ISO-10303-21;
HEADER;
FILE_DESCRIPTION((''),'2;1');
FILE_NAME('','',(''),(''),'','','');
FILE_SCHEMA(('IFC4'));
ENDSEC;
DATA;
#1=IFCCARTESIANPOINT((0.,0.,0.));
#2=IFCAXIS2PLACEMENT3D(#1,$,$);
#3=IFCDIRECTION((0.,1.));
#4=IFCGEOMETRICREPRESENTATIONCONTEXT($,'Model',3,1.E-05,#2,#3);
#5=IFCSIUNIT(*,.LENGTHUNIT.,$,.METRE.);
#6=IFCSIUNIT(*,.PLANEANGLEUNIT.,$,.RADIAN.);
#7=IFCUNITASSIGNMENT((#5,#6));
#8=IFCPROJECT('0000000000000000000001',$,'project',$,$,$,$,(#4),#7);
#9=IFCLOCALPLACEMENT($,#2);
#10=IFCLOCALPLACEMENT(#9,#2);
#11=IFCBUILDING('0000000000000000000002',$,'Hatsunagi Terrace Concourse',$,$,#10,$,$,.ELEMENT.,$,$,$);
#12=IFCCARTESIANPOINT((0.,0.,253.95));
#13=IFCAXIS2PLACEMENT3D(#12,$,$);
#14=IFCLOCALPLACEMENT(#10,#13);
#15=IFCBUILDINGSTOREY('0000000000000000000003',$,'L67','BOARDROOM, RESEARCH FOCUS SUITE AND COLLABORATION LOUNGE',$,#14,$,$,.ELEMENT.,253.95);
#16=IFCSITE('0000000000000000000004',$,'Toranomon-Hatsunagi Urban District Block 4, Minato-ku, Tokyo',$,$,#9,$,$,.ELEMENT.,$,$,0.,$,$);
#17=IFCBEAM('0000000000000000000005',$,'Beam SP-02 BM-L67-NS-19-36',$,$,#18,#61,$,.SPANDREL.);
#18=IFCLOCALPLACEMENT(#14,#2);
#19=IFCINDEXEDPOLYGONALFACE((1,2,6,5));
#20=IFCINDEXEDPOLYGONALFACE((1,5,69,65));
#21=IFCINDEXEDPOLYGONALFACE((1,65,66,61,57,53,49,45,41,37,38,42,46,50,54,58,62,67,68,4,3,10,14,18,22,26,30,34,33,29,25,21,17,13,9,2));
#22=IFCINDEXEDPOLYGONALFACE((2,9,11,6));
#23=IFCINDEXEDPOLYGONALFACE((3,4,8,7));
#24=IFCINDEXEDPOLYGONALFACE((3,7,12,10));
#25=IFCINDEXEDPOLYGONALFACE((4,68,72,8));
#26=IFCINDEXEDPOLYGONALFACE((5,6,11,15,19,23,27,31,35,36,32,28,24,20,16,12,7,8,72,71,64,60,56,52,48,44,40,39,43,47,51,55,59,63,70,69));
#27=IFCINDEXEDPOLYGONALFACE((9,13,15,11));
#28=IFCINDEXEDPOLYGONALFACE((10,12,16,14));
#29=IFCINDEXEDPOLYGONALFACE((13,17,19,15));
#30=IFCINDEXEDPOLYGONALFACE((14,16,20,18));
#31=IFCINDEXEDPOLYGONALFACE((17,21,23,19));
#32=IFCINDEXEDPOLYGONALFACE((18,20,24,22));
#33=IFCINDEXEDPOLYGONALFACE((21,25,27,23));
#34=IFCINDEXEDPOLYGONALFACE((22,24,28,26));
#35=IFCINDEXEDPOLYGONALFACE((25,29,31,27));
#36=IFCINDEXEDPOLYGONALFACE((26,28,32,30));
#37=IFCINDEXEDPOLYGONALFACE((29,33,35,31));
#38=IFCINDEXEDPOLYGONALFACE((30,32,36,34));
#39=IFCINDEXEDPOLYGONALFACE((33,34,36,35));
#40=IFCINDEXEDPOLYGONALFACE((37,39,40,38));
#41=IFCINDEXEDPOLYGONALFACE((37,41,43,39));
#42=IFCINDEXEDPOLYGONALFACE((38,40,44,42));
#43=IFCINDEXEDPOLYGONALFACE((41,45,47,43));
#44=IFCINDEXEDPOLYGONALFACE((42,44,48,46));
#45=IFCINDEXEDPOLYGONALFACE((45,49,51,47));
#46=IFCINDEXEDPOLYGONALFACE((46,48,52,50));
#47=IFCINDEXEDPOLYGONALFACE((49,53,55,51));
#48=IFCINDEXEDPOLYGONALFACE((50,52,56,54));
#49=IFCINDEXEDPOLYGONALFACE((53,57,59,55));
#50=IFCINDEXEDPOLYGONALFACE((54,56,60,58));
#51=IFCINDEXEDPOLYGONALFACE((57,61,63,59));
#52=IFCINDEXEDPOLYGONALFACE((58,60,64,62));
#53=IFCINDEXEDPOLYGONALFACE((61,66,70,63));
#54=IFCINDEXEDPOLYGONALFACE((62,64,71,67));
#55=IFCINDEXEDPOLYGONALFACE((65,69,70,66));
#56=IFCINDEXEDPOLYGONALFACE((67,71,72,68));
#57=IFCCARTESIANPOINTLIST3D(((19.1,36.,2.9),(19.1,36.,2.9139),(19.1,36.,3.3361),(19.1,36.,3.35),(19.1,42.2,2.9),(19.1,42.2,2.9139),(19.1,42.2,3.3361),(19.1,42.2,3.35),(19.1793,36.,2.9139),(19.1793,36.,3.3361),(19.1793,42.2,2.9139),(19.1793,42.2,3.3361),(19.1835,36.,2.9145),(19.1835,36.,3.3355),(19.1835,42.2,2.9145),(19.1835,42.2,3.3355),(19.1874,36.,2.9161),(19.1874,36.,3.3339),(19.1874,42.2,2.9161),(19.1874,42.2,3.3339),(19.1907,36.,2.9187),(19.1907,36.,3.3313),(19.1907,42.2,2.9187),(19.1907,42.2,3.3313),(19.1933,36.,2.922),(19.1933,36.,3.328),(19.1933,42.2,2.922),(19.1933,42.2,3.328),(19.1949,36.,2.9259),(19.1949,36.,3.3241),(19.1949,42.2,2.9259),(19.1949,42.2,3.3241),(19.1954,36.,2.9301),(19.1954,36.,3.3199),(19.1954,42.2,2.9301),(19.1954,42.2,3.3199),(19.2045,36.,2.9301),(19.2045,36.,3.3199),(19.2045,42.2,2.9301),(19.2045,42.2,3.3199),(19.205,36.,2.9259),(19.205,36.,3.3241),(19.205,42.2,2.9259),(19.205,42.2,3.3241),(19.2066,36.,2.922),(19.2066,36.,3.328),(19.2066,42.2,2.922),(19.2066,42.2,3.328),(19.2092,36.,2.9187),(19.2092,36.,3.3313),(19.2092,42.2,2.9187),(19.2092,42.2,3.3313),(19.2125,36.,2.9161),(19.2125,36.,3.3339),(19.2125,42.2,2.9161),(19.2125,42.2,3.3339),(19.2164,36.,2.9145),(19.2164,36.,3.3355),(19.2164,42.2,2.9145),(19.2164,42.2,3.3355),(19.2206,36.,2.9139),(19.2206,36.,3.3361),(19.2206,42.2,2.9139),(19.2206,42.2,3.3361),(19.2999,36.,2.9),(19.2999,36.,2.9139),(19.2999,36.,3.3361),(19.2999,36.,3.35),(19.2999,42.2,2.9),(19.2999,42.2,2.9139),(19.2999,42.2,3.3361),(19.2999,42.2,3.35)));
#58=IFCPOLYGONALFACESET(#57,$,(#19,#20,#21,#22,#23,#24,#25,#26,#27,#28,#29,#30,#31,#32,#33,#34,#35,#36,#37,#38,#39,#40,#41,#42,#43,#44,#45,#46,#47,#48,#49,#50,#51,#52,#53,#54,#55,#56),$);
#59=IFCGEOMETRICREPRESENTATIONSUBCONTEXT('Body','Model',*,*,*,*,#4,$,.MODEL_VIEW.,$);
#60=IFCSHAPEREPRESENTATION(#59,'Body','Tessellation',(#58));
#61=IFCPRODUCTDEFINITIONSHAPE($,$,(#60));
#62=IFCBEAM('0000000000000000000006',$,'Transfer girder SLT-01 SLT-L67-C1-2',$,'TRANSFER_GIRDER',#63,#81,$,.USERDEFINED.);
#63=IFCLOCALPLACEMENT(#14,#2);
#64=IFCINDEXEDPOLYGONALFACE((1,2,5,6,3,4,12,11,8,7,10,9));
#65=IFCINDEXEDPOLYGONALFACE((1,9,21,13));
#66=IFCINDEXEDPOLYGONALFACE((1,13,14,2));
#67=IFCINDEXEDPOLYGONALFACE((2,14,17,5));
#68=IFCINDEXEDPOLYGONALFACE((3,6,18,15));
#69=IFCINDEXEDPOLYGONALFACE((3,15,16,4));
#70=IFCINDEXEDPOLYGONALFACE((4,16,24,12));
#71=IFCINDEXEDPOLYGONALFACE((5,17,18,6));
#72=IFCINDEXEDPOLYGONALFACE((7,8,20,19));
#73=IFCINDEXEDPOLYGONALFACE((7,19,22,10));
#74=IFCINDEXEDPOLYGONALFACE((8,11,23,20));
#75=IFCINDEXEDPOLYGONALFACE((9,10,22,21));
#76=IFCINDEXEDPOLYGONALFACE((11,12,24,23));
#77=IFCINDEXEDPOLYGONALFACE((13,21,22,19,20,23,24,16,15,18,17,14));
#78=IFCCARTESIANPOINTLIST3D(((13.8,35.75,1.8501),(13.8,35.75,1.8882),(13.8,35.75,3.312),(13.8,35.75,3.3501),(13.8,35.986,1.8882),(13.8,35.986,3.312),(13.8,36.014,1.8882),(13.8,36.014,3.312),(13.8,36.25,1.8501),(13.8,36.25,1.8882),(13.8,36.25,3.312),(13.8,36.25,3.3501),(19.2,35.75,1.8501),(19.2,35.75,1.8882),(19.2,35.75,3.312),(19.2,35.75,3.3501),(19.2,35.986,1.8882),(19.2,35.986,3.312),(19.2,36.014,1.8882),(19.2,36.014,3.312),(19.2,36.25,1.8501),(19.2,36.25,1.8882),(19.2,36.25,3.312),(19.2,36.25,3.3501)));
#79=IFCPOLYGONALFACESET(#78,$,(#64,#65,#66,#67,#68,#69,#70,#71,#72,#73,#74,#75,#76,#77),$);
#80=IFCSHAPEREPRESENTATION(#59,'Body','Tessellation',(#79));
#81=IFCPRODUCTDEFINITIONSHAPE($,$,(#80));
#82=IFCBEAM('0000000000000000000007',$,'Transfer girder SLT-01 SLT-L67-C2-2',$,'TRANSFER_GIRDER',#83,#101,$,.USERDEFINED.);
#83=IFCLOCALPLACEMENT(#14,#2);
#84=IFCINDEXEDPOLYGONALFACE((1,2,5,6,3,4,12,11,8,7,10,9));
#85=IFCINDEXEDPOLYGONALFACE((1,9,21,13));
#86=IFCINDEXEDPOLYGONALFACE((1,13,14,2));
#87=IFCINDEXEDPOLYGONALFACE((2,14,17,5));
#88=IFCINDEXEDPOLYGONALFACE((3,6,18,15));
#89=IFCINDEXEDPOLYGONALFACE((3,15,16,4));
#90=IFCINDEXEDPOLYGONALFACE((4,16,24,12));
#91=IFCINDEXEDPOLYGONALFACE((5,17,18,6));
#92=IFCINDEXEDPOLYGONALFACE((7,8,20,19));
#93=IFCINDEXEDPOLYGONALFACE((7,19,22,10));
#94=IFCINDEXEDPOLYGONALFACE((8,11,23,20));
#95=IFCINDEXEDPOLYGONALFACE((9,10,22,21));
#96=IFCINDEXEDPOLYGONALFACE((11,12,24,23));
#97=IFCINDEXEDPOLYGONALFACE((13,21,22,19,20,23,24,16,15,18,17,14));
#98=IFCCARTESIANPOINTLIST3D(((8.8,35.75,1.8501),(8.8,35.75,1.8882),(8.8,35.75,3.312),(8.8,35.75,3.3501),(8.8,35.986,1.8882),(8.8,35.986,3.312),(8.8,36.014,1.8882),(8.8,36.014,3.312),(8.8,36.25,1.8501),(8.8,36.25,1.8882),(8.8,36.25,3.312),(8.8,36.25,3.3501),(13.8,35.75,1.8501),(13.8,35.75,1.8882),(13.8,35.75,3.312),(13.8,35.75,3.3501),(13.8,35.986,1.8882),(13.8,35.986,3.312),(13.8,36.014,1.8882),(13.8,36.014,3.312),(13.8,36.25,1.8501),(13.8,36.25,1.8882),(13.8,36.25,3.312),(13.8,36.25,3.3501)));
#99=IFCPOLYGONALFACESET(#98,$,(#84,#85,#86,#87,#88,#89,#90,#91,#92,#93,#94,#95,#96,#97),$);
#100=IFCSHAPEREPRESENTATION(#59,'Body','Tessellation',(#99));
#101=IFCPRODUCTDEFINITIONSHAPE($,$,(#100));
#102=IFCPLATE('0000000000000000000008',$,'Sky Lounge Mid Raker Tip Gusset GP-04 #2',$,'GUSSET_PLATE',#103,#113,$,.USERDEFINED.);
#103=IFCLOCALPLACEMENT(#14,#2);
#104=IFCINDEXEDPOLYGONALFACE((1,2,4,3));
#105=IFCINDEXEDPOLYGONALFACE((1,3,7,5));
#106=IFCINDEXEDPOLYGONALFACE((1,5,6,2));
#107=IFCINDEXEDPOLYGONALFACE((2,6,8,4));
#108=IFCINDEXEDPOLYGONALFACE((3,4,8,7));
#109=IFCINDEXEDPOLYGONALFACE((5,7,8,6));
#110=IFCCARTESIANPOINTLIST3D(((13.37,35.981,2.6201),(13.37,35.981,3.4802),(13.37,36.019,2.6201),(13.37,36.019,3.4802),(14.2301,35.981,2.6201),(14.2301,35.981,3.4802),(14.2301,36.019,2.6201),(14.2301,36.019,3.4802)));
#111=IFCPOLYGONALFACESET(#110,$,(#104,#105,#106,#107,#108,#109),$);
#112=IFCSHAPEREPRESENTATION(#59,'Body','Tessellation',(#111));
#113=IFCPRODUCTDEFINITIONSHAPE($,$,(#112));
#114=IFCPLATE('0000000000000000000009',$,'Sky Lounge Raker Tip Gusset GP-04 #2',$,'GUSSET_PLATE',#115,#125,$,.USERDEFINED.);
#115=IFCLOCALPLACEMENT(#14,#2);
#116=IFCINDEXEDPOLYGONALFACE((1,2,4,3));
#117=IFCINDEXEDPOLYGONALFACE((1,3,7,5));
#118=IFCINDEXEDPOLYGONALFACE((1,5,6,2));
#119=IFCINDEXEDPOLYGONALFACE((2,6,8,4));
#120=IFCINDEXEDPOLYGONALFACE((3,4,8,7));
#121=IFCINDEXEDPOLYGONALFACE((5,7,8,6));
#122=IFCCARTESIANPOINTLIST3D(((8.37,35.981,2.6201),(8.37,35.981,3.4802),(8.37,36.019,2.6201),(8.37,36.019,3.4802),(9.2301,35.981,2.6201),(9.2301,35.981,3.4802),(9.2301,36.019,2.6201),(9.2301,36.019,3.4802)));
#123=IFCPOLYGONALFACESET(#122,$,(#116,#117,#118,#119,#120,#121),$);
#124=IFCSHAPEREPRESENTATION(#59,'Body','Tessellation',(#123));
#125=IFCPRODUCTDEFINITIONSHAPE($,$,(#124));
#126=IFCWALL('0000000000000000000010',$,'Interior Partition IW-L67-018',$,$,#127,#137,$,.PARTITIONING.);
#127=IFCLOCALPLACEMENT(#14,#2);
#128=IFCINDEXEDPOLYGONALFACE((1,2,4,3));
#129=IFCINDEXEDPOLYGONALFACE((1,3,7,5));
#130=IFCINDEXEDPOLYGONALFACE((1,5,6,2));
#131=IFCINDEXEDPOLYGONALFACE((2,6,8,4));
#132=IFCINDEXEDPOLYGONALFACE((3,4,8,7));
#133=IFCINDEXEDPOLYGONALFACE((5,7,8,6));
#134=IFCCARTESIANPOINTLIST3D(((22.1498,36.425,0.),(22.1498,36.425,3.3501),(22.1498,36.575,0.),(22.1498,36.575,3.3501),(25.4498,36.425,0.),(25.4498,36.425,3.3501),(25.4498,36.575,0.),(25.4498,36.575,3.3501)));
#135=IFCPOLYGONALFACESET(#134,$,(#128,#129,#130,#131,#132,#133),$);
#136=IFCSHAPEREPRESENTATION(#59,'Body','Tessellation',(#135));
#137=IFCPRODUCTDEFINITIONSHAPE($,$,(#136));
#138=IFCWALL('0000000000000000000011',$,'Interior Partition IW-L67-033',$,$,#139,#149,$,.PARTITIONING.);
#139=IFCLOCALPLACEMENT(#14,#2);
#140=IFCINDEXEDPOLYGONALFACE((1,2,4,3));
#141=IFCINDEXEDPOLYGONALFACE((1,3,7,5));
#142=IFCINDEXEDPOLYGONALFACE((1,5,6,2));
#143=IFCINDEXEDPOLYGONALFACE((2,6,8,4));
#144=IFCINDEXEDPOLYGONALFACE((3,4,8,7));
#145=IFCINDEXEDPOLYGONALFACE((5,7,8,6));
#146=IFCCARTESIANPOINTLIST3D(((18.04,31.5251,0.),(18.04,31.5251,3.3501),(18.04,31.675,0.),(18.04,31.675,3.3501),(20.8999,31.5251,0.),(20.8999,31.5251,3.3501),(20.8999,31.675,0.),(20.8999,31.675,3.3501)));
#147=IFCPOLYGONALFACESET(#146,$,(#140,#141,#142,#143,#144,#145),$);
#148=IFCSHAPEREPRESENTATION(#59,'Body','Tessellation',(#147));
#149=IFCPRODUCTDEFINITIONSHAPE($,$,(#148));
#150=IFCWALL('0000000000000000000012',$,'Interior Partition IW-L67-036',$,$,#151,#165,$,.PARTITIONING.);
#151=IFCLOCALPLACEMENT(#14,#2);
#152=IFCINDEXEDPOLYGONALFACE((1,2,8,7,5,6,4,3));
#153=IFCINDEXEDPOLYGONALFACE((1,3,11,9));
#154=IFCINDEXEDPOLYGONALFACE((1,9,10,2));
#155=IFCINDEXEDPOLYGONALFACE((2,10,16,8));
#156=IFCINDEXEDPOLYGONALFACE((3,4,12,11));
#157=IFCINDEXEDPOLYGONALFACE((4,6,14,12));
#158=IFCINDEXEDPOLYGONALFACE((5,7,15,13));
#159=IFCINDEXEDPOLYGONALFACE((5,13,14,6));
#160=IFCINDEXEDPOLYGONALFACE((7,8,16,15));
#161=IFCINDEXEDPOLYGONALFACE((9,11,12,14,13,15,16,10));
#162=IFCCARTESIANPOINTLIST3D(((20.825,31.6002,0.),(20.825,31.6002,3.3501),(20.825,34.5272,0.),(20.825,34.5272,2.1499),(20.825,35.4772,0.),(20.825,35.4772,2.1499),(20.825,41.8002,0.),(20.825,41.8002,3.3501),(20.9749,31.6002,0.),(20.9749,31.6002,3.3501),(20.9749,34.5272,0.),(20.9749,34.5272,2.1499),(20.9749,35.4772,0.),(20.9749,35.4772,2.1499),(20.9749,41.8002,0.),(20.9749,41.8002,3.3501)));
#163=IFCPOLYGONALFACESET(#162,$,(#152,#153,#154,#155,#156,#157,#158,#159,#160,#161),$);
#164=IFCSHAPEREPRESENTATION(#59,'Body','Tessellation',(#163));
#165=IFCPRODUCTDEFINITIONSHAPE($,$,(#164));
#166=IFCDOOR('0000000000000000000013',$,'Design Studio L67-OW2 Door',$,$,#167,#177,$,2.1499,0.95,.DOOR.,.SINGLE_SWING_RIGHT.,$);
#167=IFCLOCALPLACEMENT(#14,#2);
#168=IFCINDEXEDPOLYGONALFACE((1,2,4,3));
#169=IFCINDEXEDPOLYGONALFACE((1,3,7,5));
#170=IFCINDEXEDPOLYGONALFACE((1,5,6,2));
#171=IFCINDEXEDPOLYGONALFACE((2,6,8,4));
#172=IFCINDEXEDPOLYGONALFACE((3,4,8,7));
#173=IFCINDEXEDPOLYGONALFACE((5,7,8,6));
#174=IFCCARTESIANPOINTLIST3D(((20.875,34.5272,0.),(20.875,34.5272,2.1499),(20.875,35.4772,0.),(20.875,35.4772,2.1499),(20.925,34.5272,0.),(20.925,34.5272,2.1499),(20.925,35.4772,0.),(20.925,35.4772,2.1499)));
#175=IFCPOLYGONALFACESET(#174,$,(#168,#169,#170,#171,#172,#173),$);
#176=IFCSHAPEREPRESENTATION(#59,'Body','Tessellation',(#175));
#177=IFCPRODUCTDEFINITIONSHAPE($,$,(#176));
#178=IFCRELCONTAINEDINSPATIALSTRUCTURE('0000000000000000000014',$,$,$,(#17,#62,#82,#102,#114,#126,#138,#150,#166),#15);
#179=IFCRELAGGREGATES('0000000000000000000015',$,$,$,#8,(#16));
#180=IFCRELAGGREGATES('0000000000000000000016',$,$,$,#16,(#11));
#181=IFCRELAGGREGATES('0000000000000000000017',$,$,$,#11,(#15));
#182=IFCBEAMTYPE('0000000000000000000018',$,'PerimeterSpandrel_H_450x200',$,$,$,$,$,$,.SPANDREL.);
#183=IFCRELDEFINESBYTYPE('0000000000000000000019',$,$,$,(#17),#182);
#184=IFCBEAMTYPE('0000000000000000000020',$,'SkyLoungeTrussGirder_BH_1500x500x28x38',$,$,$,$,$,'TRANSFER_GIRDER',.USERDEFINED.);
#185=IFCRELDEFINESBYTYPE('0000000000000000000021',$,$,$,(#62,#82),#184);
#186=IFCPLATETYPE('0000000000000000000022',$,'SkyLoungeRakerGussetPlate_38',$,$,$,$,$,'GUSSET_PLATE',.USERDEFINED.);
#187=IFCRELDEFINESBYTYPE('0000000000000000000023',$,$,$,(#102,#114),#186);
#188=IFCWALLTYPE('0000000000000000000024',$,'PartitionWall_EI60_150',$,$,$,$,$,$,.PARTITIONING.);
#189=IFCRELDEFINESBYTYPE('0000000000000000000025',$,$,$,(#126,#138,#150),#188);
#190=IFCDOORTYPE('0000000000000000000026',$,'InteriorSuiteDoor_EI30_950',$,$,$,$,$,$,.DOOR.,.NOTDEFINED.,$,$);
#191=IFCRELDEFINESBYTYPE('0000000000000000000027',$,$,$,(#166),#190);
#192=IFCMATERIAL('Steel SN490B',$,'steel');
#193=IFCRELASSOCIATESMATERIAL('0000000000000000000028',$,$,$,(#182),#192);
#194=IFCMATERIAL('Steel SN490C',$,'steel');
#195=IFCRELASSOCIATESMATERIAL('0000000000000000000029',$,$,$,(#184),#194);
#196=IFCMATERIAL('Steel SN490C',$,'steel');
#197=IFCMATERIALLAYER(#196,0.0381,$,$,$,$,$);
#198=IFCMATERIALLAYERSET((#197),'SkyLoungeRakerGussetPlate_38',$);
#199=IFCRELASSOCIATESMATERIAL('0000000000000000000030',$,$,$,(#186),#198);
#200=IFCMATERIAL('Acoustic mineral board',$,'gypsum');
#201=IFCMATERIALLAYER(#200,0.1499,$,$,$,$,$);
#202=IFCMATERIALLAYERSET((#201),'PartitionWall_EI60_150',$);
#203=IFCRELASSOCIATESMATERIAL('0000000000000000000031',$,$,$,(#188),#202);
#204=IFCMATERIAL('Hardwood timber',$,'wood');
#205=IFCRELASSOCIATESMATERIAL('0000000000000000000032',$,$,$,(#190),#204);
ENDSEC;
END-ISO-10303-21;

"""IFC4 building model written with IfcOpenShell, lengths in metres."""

from ifc_helpers import new_model, si_unit, direction, frame, frame_2d, origin, origin_2d, place, context, subcontext, project, spatial, rectangle, i_section, extrude, material, layer, layer_set, material_profile, profile_set, type_object, element, fill, save


model = new_model("IFC4")

# Units and contexts
model_context = context("Model", 3, precision=1e-05, world=origin(), true_north=direction((0.0, 1.0)))
body_context = subcontext(model_context, "Body", "Model", "MODEL_VIEW")
ifc_project = project(units=[si_unit("LENGTHUNIT", "METRE"), si_unit("PLANEANGLEUNIT", "RADIAN")], contexts=[model_context])

# Site, building, storey
site_placement = place(None, origin())
site = spatial("IfcSite", under=ifc_project, at=site_placement, Name="Toranomon-Hatsunagi Urban District Block 4, Minato-ku, Tokyo", CompositionType="ELEMENT", RefElevation=0.0)
building_placement = place(site_placement, origin())
building = spatial("IfcBuilding", under=site, at=building_placement, Name="Hatsunagi Terrace Concourse", CompositionType="ELEMENT")
storey_placement = place(building_placement, frame((0.0, 0.0, 253.95)))
storey = spatial("IfcBuildingStorey", under=building, at=storey_placement, Name="L67", Description="BOARDROOM, RESEARCH FOCUS SUITE AND COLLABORATION LOUNGE", CompositionType="ELEMENT", Elevation=253.95)

# Beams
ifc_material_1 = material(Name="Steel SN490B", Category="steel")
ifc_material_profile_1 = material_profile(ifc_material_1, i_section(OverallWidth=0.2, OverallDepth=0.45, WebThickness=0.009, FlangeThickness=0.0139, FilletRadius=0.0161, at=origin_2d()), Name="H-450x200x9x14")
ifc_profile_set_1 = profile_set([ifc_material_profile_1], Name="Steel SN490B")
beam_type_1 = type_object("IfcBeamType", Name="PerimeterSpandrel_H_450x200", PredefinedType="SPANDREL", material=ifc_profile_set_1)
beam_1_placement = place(storey_placement, frame((19.2, 36.0, 3.125), z_axis=(0.0, 1.0, 0.0), x_axis=(-1.0, 0.0, 0.0)))
element("IfcBeam", 1, at=beam_1_placement, inside=storey, type_object=beam_type_1, Name="Beam SP-02 BM-L67-NS-19-36", PredefinedType="SPANDREL", context=body_context, shape_type="SweptSolid", body=[
    extrude(i_section(OverallWidth=0.2, OverallDepth=0.45, WebThickness=0.009, FlangeThickness=0.0139, FilletRadius=0.0161, at=origin_2d()), origin(), (0.0, 0.0, 1.0), 6.2),
])
ifc_material_2 = material(Name="Steel SN490C", Category="steel")
ifc_material_profile_2 = material_profile(ifc_material_2, i_section(OverallWidth=0.5, OverallDepth=1.5, WebThickness=0.0281, FlangeThickness=0.0381, at=origin_2d()), Name="BH-1500x500x28x38")
ifc_profile_set_2 = profile_set([ifc_material_profile_2], Name="Steel SN490C")
beam_type_2 = type_object("IfcBeamType", Name="SkyLoungeTrussGirder_BH_1500x500x28x38", ElementType="TRANSFER_GIRDER", PredefinedType="USERDEFINED", material=ifc_profile_set_2)
beam_2_placement = place(storey_placement, frame((19.2, 36.0, 2.6001), z_axis=(-1.0, 0.0, 0.0), x_axis=(0.0, -1.0, 0.0)))
element("IfcBeam", 2, at=beam_2_placement, inside=storey, type_object=beam_type_2, Name="Transfer girder SLT-01 SLT-L67-C1-2", ObjectType="TRANSFER_GIRDER", PredefinedType="USERDEFINED", context=body_context, shape_type="SweptSolid", body=[
    extrude(i_section(OverallWidth=0.5, OverallDepth=1.5, WebThickness=0.0281, FlangeThickness=0.0381, at=origin_2d()), origin(), (0.0, 0.0, 1.0), 5.3999),
])
beam_3_placement = place(storey_placement, frame((13.8, 36.0, 2.6001), z_axis=(-1.0, 0.0, 0.0), x_axis=(0.0, -1.0, 0.0)))
element("IfcBeam", 3, at=beam_3_placement, inside=storey, type_object=beam_type_2, Name="Transfer girder SLT-01 SLT-L67-C2-2", ObjectType="TRANSFER_GIRDER", PredefinedType="USERDEFINED", context=body_context, shape_type="SweptSolid", body=[
    extrude(i_section(OverallWidth=0.5, OverallDepth=1.5, WebThickness=0.0281, FlangeThickness=0.0381, at=origin_2d()), origin(), (0.0, 0.0, 1.0), 5.0),
])

# Plates
ifc_material_3 = material(Name="Steel SN490C", Category="steel")
ifc_layer_1 = layer(ifc_material_3, 0.0381)
ifc_layer_set_1 = layer_set([ifc_layer_1], Name="SkyLoungeRakerGussetPlate_38")
plate_type = type_object("IfcPlateType", Name="SkyLoungeRakerGussetPlate_38", ElementType="GUSSET_PLATE", PredefinedType="USERDEFINED", material=ifc_layer_set_1)
for number, where, z_axis, x_axis, name in (
    (4, (13.8, 36.0, 2.6201), (0.0, 0.0, 1.0), (1.0, 0.0, 0.0), "Sky Lounge Mid Raker Tip Gusset GP-04 #2"),
    (5, (8.8, 36.0, 2.6201), (0.0, 0.0, 1.0), (1.0, 0.0, 0.0), "Sky Lounge Raker Tip Gusset GP-04 #2"),
):
    element("IfcPlate", number, at=place(storey_placement, frame(where, z_axis=z_axis, x_axis=x_axis)), inside=storey, type_object=plate_type, Name=name, ObjectType="GUSSET_PLATE", PredefinedType="USERDEFINED", context=body_context, shape_type="SweptSolid", body=[
        extrude(rectangle(XDim=0.8601, YDim=0.0381, at=origin_2d()), origin(), (0.0, 0.0, 1.0), 0.8601),
    ])

# Walls
ifc_material_4 = material(Name="Acoustic mineral board", Category="gypsum")
ifc_layer_2 = layer(ifc_material_4, 0.1499)
ifc_layer_set_2 = layer_set([ifc_layer_2], Name="PartitionWall_EI60_150")
wall_type = type_object("IfcWallType", Name="PartitionWall_EI60_150", PredefinedType="PARTITIONING", material=ifc_layer_set_2)
wall_1_placement = place(storey_placement, frame((22.1499, 36.5, 0.0), z_axis=(0.0, 0.0, 1.0), x_axis=(1.0, 0.0, 0.0)))
element("IfcWall", 6, at=wall_1_placement, inside=storey, type_object=wall_type, Name="Interior Partition IW-L67-018", PredefinedType="PARTITIONING", context=body_context, shape_type="SweptSolid", body=[
    extrude(rectangle(XDim=3.3, YDim=0.1499, at=frame_2d((1.6499, 0.0))), origin(), (0.0, 0.0, 1.0), 3.3501),
])
wall_2_placement = place(storey_placement, frame((18.04, 31.6001, 0.0), z_axis=(0.0, 0.0, 1.0), x_axis=(1.0, 0.0, 0.0)))
element("IfcWall", 7, at=wall_2_placement, inside=storey, type_object=wall_type, Name="Interior Partition IW-L67-033", PredefinedType="PARTITIONING", context=body_context, shape_type="SweptSolid", body=[
    extrude(rectangle(XDim=2.8599, YDim=0.1499, at=frame_2d((1.4299, 0.0))), origin(), (0.0, 0.0, 1.0), 3.3501),
])

# Wall, opening, door
wall_3_placement = place(storey_placement, frame((20.8999, 31.6001, 0.0), z_axis=(0.0, 0.0, 1.0), x_axis=(0.0, 1.0, 0.0)))
wall_3 = element("IfcWall", 8, at=wall_3_placement, inside=storey, type_object=wall_type, Name="Interior Partition IW-L67-036", PredefinedType="PARTITIONING", context=body_context, shape_type="SweptSolid", body=[
    extrude(rectangle(XDim=10.2, YDim=0.1499, at=frame_2d((5.1001, 0.0))), origin(), (0.0, 0.0, 1.0), 3.3501),
])
opening_placement = place(wall_3_placement, frame((2.927, 0.0, 0.0)))
opening = element("IfcOpeningElement", 9, at=opening_placement, cuts=wall_3, PredefinedType="OPENING", context=body_context, shape_type="SweptSolid", body=[
    extrude(rectangle(XDim=0.95, YDim=2.1499, at=frame_2d((0.4751, 1.075))), frame((0.0, 0.085, 0.0), z_axis=(0.0, -1.0, 0.0), x_axis=(1.0, 0.0, 0.0)), (0.0, 0.0, 1.0), 0.1699),
])
ifc_material_5 = material(Name="Hardwood timber", Category="wood")
door_type = type_object("IfcDoorType", Name="InteriorSuiteDoor_EI30_950", OperationType="NOTDEFINED", PredefinedType="DOOR", material=ifc_material_5)
door_placement = place(opening_placement, origin())
door = element("IfcDoor", 10, at=door_placement, inside=storey, type_object=door_type, Name="Design Studio L67-OW2 Door", OperationType="SINGLE_SWING_RIGHT", OverallHeight=2.1499, OverallWidth=0.95, PredefinedType="DOOR", context=body_context, shape_type="SweptSolid", body=[
    extrude(rectangle(XDim=0.95, YDim=2.1499, at=frame_2d((0.4751, 1.075))), frame((0.0, 0.0249, 0.0), z_axis=(0.0, -1.0, 0.0), x_axis=(1.0, 0.0, 0.0)), (0.0, 0.0, 1.0), 0.05),
])
fill(opening, door)

save(model, "model.ifc")
